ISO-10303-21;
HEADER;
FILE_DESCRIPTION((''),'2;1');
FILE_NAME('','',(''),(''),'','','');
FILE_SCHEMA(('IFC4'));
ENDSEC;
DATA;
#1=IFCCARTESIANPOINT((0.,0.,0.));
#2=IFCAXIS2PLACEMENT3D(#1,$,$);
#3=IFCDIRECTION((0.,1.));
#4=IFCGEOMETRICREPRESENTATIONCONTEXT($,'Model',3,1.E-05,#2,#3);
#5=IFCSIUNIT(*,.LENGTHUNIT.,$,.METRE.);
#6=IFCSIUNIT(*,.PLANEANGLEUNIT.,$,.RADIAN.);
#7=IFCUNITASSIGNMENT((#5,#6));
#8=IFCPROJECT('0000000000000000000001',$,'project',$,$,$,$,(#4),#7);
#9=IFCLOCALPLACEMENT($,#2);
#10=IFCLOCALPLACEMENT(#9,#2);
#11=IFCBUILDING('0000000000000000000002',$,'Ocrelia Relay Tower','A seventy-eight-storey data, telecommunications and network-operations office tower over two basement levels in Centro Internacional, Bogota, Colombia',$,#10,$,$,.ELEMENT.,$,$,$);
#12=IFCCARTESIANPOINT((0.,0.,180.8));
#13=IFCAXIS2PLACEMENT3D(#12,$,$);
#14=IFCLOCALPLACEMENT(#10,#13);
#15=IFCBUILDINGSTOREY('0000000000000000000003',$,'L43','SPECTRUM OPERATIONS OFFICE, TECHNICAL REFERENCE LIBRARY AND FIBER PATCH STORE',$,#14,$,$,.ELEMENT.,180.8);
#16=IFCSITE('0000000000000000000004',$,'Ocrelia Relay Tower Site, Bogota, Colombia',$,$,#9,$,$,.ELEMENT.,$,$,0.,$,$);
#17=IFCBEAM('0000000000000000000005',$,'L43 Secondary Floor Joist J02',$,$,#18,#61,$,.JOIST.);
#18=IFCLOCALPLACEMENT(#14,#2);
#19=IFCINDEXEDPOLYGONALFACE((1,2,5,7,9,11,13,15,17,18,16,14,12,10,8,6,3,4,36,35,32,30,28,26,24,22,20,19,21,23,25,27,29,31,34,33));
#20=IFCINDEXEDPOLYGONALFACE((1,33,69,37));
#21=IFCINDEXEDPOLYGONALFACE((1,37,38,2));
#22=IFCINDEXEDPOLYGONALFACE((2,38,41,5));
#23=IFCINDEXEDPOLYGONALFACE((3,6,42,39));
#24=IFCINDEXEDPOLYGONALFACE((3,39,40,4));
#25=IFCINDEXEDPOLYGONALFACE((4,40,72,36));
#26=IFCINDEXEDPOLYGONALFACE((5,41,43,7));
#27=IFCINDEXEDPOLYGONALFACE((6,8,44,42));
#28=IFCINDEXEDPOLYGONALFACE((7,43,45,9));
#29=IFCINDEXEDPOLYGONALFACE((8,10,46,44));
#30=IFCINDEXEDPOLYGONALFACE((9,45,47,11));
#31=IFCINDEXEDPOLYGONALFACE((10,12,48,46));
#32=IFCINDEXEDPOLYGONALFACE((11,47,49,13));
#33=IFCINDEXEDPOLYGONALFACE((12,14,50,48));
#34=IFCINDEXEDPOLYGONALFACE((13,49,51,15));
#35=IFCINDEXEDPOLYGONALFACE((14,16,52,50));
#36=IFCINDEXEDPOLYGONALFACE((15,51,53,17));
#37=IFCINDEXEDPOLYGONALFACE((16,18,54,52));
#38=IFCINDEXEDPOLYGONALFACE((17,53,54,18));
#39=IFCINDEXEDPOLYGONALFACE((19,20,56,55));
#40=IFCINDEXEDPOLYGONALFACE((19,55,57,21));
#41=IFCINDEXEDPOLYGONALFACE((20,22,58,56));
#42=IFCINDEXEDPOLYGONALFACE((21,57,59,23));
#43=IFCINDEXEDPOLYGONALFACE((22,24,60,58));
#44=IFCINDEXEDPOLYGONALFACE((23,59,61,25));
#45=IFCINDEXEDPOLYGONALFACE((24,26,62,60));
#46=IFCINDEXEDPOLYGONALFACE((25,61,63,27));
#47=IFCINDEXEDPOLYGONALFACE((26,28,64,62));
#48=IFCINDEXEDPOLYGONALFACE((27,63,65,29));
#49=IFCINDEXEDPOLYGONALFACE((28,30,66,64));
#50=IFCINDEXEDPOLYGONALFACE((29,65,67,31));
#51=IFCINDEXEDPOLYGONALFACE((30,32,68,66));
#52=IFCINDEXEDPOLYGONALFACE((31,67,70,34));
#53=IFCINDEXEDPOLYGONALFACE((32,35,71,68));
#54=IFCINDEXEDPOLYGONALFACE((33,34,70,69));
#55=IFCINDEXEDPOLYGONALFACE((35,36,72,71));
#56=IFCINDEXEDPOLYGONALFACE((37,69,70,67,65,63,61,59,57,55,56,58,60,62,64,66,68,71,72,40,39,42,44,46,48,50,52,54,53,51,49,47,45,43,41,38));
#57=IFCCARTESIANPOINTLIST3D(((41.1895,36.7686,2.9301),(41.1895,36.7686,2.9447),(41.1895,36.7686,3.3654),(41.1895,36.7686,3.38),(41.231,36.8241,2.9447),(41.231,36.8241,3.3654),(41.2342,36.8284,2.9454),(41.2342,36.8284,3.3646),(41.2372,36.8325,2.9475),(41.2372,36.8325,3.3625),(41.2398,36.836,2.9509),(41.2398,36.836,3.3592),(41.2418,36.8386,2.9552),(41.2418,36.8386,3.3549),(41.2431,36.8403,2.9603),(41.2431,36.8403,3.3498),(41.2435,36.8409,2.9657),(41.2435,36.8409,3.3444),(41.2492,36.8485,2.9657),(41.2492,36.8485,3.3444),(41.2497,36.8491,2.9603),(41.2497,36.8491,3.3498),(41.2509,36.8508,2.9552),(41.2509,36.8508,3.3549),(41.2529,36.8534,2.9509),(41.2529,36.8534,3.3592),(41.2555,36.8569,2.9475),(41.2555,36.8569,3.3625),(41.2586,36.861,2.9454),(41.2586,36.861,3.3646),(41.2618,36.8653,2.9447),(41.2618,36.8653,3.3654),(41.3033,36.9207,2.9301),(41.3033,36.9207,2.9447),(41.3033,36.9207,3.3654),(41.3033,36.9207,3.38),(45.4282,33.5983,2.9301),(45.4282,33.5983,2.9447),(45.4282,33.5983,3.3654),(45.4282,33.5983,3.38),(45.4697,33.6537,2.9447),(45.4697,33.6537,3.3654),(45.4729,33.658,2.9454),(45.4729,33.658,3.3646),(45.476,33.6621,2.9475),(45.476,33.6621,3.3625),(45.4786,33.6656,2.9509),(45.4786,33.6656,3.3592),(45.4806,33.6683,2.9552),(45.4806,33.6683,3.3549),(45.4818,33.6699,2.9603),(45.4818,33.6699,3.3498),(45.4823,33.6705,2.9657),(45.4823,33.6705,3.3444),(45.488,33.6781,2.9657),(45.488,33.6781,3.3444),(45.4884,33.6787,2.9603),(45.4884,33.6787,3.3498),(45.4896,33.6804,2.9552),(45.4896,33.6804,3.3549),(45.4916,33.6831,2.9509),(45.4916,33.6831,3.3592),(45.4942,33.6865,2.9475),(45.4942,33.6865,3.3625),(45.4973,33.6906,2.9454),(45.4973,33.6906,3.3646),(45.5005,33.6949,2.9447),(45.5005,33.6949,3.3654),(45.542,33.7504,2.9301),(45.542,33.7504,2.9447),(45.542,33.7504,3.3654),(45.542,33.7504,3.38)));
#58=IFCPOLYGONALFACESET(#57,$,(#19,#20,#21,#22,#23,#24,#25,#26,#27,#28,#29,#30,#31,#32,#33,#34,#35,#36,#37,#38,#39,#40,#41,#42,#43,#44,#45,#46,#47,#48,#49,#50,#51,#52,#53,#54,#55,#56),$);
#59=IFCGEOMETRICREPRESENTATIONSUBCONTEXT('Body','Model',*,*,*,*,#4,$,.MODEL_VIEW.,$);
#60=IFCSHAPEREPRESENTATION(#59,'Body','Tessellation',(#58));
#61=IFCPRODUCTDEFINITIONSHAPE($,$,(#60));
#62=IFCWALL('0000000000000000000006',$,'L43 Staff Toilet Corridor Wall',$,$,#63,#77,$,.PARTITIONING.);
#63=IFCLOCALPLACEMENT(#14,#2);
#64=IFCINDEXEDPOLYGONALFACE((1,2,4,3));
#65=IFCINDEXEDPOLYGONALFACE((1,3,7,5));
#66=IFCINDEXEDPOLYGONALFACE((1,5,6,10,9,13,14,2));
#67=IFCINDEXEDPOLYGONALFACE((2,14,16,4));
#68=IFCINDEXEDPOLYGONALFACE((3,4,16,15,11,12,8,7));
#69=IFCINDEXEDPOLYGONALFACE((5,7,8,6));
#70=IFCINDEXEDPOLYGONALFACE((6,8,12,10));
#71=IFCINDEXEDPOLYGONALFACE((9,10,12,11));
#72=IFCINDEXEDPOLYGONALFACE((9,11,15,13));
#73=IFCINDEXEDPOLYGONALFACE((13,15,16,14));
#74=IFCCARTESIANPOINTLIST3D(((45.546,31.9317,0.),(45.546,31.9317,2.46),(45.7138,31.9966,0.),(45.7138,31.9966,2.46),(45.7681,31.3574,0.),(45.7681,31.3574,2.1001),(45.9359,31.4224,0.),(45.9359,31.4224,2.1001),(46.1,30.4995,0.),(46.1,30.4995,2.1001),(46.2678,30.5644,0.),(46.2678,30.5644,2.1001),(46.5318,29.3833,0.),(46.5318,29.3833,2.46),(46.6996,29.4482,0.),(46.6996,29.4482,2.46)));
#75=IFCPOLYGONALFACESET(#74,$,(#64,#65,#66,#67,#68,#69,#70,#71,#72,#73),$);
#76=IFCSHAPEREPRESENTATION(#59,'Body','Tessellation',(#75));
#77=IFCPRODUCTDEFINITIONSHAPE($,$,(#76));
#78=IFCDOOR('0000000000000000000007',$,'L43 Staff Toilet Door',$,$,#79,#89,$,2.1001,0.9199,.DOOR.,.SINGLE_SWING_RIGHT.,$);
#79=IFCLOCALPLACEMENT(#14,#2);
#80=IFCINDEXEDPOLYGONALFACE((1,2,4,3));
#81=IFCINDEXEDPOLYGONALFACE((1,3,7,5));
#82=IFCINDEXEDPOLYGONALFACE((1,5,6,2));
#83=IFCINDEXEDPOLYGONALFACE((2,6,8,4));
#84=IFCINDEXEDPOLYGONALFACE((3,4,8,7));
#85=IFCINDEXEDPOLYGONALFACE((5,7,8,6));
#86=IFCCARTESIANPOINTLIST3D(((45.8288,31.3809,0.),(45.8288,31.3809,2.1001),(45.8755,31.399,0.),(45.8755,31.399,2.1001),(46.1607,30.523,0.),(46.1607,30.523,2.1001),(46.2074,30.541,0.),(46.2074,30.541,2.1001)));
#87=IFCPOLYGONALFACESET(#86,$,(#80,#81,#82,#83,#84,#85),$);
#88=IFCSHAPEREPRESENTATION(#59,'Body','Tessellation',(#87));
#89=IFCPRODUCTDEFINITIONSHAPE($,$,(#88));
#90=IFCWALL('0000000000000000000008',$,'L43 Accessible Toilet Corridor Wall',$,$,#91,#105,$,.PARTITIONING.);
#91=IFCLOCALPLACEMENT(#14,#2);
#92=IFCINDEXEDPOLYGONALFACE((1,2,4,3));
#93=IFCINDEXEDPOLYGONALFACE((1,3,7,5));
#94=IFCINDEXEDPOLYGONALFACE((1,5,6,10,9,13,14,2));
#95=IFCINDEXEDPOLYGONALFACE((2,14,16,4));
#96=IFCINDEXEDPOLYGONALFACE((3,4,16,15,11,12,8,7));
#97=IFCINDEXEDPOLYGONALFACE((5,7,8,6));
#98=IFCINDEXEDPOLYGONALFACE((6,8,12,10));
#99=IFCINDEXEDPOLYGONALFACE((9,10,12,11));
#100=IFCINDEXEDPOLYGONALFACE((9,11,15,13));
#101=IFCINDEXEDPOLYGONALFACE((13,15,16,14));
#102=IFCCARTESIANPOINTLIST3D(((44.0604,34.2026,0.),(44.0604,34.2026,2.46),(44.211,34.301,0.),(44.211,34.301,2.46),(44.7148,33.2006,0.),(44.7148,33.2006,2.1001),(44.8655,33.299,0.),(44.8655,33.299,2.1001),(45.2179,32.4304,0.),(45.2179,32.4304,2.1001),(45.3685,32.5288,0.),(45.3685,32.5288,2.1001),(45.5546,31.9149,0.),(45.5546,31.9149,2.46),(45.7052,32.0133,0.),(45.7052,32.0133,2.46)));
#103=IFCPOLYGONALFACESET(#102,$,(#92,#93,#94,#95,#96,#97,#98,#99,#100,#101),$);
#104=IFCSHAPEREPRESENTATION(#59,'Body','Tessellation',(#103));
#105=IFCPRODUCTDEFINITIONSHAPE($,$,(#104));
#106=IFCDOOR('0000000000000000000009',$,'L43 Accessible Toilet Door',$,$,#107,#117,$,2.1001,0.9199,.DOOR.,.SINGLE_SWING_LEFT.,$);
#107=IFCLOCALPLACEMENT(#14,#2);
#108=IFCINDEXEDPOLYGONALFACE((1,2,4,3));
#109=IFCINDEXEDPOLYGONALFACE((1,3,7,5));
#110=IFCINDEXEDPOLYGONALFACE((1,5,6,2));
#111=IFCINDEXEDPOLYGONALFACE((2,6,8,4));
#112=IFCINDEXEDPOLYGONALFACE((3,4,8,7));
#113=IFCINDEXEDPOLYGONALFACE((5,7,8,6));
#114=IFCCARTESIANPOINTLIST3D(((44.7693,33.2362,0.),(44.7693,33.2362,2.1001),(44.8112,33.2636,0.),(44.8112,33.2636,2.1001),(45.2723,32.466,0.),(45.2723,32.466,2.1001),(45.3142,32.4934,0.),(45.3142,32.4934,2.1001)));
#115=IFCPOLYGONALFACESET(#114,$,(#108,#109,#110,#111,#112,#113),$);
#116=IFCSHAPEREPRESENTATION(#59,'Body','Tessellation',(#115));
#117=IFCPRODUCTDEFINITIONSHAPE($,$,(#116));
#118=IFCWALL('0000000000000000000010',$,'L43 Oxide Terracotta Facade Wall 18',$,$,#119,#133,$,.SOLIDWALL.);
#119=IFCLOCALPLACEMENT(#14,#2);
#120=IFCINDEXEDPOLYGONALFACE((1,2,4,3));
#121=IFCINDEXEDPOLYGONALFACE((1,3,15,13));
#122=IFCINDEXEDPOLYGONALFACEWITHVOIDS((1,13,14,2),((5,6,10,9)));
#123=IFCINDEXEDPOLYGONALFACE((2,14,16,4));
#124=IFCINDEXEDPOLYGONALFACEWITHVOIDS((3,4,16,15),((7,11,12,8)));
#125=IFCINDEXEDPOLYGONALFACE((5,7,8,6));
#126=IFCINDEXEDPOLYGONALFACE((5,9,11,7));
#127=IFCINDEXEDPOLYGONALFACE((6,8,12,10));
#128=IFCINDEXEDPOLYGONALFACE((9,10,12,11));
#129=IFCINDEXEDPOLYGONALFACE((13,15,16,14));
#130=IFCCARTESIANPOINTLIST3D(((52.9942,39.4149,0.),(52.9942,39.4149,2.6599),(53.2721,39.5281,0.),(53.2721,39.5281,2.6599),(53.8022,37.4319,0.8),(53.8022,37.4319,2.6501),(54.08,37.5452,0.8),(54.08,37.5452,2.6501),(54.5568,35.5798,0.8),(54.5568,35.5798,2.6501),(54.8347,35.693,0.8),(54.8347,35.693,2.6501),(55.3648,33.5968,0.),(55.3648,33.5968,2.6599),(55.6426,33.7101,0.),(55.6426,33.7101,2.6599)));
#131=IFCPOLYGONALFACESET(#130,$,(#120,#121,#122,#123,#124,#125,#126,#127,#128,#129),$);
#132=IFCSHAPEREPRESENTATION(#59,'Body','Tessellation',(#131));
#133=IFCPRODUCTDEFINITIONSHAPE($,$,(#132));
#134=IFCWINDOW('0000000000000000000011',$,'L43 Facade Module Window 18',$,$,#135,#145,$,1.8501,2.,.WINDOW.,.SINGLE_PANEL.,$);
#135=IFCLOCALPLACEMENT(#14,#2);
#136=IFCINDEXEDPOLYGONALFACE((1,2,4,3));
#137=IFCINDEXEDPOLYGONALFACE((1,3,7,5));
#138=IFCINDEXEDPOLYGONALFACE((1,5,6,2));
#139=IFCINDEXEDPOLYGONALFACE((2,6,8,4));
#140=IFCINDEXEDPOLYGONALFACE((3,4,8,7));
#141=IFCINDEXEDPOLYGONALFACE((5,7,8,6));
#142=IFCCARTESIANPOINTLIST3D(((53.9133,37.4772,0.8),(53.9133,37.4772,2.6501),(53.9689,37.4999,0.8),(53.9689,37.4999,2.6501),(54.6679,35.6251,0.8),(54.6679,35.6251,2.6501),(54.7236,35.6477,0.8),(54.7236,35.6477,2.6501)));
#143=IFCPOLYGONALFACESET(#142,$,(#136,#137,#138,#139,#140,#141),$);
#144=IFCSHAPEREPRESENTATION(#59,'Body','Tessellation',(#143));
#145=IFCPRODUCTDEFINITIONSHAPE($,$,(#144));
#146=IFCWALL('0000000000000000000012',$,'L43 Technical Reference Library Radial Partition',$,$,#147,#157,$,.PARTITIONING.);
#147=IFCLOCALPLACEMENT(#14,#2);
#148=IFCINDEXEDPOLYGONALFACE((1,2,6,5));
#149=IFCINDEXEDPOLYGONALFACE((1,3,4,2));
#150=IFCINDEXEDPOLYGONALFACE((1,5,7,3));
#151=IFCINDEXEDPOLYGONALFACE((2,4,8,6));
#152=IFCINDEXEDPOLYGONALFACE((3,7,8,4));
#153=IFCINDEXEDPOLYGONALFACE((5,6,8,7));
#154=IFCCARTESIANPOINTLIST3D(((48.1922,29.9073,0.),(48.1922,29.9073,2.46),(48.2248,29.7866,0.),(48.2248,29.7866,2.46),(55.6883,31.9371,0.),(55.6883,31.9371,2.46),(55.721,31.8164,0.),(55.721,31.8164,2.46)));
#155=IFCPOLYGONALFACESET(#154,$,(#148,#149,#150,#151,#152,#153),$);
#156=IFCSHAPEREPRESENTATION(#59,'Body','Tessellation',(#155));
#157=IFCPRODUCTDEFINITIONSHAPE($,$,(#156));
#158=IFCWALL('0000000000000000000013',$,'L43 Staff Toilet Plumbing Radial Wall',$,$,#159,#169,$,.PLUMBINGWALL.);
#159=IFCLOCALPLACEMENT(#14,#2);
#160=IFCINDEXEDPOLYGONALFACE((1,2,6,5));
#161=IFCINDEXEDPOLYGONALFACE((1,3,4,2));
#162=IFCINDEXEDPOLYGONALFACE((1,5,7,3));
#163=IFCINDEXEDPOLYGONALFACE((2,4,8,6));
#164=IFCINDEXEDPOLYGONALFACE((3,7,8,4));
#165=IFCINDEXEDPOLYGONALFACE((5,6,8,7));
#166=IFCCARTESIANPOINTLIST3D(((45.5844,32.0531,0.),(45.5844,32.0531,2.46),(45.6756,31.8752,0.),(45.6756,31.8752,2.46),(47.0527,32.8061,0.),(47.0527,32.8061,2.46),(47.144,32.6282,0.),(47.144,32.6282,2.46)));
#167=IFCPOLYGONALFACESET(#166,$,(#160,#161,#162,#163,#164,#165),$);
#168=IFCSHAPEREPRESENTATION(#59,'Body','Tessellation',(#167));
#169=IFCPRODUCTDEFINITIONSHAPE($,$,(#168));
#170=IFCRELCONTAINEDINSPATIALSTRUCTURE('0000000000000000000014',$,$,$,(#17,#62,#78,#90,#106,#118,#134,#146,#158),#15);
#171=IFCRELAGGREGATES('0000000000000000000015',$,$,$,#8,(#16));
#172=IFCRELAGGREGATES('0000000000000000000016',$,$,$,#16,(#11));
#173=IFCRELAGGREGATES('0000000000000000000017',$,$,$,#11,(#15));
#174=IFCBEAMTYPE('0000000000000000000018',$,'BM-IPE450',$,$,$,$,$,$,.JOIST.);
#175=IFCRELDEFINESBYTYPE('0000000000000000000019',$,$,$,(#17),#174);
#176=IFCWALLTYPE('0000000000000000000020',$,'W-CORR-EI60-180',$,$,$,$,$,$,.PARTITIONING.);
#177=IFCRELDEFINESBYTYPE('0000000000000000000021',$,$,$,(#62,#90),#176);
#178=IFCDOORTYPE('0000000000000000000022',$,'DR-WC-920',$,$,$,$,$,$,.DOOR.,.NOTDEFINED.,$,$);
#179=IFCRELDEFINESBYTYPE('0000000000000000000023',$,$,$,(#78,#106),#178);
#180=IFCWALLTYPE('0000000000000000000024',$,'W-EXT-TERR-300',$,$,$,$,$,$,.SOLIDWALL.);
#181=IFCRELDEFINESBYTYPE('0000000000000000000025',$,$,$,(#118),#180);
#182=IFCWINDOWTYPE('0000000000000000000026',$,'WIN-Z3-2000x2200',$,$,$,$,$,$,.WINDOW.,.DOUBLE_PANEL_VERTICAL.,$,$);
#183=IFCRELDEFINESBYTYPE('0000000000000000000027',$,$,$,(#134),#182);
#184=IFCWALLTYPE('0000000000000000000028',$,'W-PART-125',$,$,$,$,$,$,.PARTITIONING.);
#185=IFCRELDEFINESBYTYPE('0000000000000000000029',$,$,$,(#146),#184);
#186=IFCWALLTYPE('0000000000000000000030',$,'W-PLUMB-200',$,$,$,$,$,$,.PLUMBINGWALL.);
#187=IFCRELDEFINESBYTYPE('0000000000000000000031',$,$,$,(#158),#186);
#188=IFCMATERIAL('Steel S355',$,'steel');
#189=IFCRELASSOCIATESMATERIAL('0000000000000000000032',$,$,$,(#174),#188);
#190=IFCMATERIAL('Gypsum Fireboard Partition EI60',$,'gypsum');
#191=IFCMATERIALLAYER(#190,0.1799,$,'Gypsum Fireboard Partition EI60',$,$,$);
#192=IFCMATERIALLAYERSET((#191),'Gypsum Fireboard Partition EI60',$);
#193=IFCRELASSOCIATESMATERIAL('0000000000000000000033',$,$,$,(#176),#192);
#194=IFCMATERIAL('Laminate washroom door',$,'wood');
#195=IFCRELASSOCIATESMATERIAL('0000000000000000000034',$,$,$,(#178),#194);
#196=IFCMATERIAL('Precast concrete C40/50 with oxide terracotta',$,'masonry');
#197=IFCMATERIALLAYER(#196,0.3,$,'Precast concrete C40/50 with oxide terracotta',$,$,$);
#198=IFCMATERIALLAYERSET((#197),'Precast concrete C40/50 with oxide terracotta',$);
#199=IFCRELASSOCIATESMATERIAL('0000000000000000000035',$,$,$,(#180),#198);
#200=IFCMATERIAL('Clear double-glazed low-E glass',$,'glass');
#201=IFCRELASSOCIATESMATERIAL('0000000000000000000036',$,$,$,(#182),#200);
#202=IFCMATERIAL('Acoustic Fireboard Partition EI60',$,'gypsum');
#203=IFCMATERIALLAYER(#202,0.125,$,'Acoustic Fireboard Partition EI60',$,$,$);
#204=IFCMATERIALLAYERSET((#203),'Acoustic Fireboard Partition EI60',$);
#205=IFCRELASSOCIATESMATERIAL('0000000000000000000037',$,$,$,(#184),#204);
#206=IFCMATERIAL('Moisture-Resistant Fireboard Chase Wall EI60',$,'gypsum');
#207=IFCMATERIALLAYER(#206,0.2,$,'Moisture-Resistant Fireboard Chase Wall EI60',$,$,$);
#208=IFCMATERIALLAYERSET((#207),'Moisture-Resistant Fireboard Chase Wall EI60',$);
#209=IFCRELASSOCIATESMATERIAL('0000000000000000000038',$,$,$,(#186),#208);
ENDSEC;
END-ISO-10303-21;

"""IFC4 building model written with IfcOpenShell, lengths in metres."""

from ifc_helpers import new_model, si_unit, direction, frame, frame_2d, origin, origin_2d, place, context, subcontext, project, spatial, rectangle, i_section, extrude, material, layer, layer_set, material_profile, profile_set, type_object, element, fill, save


model = new_model("IFC4")

# Units and contexts
model_context = context("Model", 3, precision=1e-05, world=origin(), true_north=direction((0.0, 1.0)))
body_context = subcontext(model_context, "Body", "Model", "MODEL_VIEW")
ifc_project = project(units=[si_unit("LENGTHUNIT", "METRE"), si_unit("PLANEANGLEUNIT", "RADIAN")], contexts=[model_context])

# Site, building, storey
site_placement = place(None, origin())
site = spatial("IfcSite", under=ifc_project, at=site_placement, Name="Ocrelia Relay Tower Site, Bogota, Colombia", CompositionType="ELEMENT", RefElevation=0.0)
building_placement = place(site_placement, origin())
building = spatial("IfcBuilding", under=site, at=building_placement, Name="Ocrelia Relay Tower", Description="A seventy-eight-storey data, telecommunications and network-operations office tower over two basement levels in Centro Internacional, Bogota, Colombia", CompositionType="ELEMENT")
storey_placement = place(building_placement, frame((0.0, 0.0, 180.8)))
storey = spatial("IfcBuildingStorey", under=building, at=storey_placement, Name="L43", Description="SPECTRUM OPERATIONS OFFICE, TECHNICAL REFERENCE LIBRARY AND FIBER PATCH STORE", CompositionType="ELEMENT", Elevation=180.8)

# Beam
ifc_material_1 = material(Name="Steel S355", Category="steel")
ifc_material_profile_1 = material_profile(ifc_material_1, i_section(OverallWidth=0.1899, OverallDepth=0.45, WebThickness=0.0095, FlangeThickness=0.0146, FilletRadius=0.021, at=origin_2d()), Name="IPE 450")
ifc_profile_set_1 = profile_set([ifc_material_profile_1], Name="Steel S355")
beam_type_1 = type_object("IfcBeamType", Name="BM-IPE450", PredefinedType="JOIST", material=ifc_profile_set_1)
beam_1_placement = place(storey_placement, frame((45.4851, 33.6743, 3.155), z_axis=(-0.800785, 0.598952, 0.0), x_axis=(-0.598952, -0.800785, 0.0)))
element("IfcBeam", 1, at=beam_1_placement, inside=storey, type_object=beam_type_1, Name="L43 Secondary Floor Joist J02", PredefinedType="JOIST", context=body_context, shape_type="SweptSolid", body=[
    extrude(i_section(OverallWidth=0.1899, OverallDepth=0.45, WebThickness=0.0095, FlangeThickness=0.0146, FilletRadius=0.021, at=origin_2d()), origin(), (0.0, 0.0, 1.0), 5.2932),
])

# Walls, openings, doors
ifc_material_2 = material(Name="Gypsum Fireboard Partition EI60", Category="gypsum")
ifc_layer_1 = layer(ifc_material_2, 0.1799, Name="Gypsum Fireboard Partition EI60")
ifc_layer_set_1 = layer_set([ifc_layer_1], Name="Gypsum Fireboard Partition EI60")
wall_type_1 = type_object("IfcWallType", Name="W-CORR-EI60-180", PredefinedType="PARTITIONING", material=ifc_layer_set_1)
wall_1_placement = place(storey_placement, frame((46.6157, 29.4158, 0.0), z_axis=(0.0, 0.0, 1.0), x_axis=(-0.360799, 0.932644, 0.0)))
wall_1 = element("IfcWall", 2, at=wall_1_placement, inside=storey, type_object=wall_type_1, Name="L43 Staff Toilet Corridor Wall", PredefinedType="PARTITIONING", context=body_context, shape_type="SweptSolid", body=[
    extrude(rectangle(XDim=2.7324, YDim=0.1799, at=frame_2d((1.3662, 0.0))), origin(), (0.0, 0.0, 1.0), 2.46),
])
opening_1_placement = place(wall_1_placement, frame((1.1968, 0.0, 0.0)))
opening_1 = element("IfcOpeningElement", 3, at=opening_1_placement, cuts=wall_1, PredefinedType="OPENING", context=body_context, shape_type="SweptSolid", body=[
    extrude(rectangle(XDim=0.9199, YDim=2.1001, at=frame_2d((0.46, 1.05))), frame((0.0, 0.1001, 0.0), z_axis=(0.0, -1.0, 0.0), x_axis=(1.0, 0.0, 0.0)), (0.0, 0.0, 1.0), 0.2),
])
ifc_material_3 = material(Name="Laminate washroom door", Category="wood")
door_type_1 = type_object("IfcDoorType", Name="DR-WC-920", OperationType="NOTDEFINED", PredefinedType="DOOR", material=ifc_material_3)
door_1_placement = place(opening_1_placement, origin())
door_1 = element("IfcDoor", 4, at=door_1_placement, inside=storey, type_object=door_type_1, Name="L43 Staff Toilet Door", OperationType="SINGLE_SWING_RIGHT", OverallHeight=2.1001, OverallWidth=0.9199, PredefinedType="DOOR", context=body_context, shape_type="SweptSolid", body=[
    extrude(rectangle(XDim=0.9199, YDim=2.1001, at=frame_2d((0.46, 1.05))), frame((0.0, 0.0249, 0.0), z_axis=(0.0, -1.0, 0.0), x_axis=(1.0, 0.0, 0.0)), (0.0, 0.0, 1.0), 0.05),
])
fill(opening_1, door_1)
wall_2_placement = place(storey_placement, frame((45.6299, 31.9641, 0.0), z_axis=(0.0, 0.0, 1.0), x_axis=(-0.54684, 0.837237, 0.0)))
wall_2 = element("IfcWall", 5, at=wall_2_placement, inside=storey, type_object=wall_type_1, Name="L43 Accessible Toilet Corridor Wall", PredefinedType="PARTITIONING", context=body_context, shape_type="SweptSolid", body=[
    extrude(rectangle(XDim=2.7324, YDim=0.1799, at=frame_2d((1.3662, 0.0))), origin(), (0.0, 0.0, 1.0), 2.46),
])
opening_2_placement = place(wall_2_placement, frame((0.6157, 0.0, 0.0)))
opening_2 = element("IfcOpeningElement", 6, at=opening_2_placement, cuts=wall_2, PredefinedType="OPENING", context=body_context, shape_type="SweptSolid", body=[
    extrude(rectangle(XDim=0.9199, YDim=2.1001, at=frame_2d((0.46, 1.05))), frame((0.0, 0.1001, 0.0), z_axis=(0.0, -1.0, 0.0), x_axis=(1.0, 0.0, 0.0)), (0.0, 0.0, 1.0), 0.2),
])
door_2_placement = place(opening_2_placement, origin())
door_2 = element("IfcDoor", 7, at=door_2_placement, inside=storey, type_object=door_type_1, Name="L43 Accessible Toilet Door", OperationType="SINGLE_SWING_LEFT", OverallHeight=2.1001, OverallWidth=0.9199, PredefinedType="DOOR", context=body_context, shape_type="SweptSolid", body=[
    extrude(rectangle(XDim=0.9199, YDim=2.1001, at=frame_2d((0.46, 1.05))), frame((0.0, 0.0249, 0.0), z_axis=(0.0, -1.0, 0.0), x_axis=(1.0, 0.0, 0.0)), (0.0, 0.0, 1.0), 0.05),
])
fill(opening_2, door_2)

# Wall, opening, window
ifc_material_4 = material(Name="Precast concrete C40/50 with oxide terracotta", Category="masonry")
ifc_layer_2 = layer(ifc_material_4, 0.3, Name="Precast concrete C40/50 with oxide terracotta")
ifc_layer_set_2 = layer_set([ifc_layer_2], Name="Precast concrete C40/50 with oxide terracotta")
wall_type_2 = type_object("IfcWallType", Name="W-EXT-TERR-300", PredefinedType="SOLIDWALL", material=ifc_layer_set_2)
wall_3_placement = place(storey_placement, frame((55.5037, 33.6536, 0.0), z_axis=(0.0, 0.0, 1.0), x_axis=(-0.377333, 0.926078, 0.0)))
wall_3 = element("IfcWall", 8, at=wall_3_placement, inside=storey, type_object=wall_type_2, Name="L43 Oxide Terracotta Facade Wall 18", PredefinedType="SOLIDWALL", context=body_context, shape_type="SweptSolid", body=[
    extrude(rectangle(XDim=6.2825, YDim=0.3, at=frame_2d((3.1411, 0.0))), origin(), (0.0, 0.0, 1.0), 2.6599),
])
opening_3_placement = place(wall_3_placement, frame((2.1411, 0.0, 0.8)))
opening_3 = element("IfcOpeningElement", 9, at=opening_3_placement, cuts=wall_3, PredefinedType="OPENING", context=body_context, shape_type="SweptSolid", body=[
    extrude(rectangle(XDim=2.0, YDim=1.8501, at=frame_2d((1.0, 0.925))), frame((0.0, 0.1602, 0.0), z_axis=(0.0, -1.0, 0.0), x_axis=(1.0, 0.0, 0.0)), (0.0, 0.0, 1.0), 0.3201),
])
ifc_material_5 = material(Name="Clear double-glazed low-E glass", Category="glass")
window_type = type_object("IfcWindowType", Name="WIN-Z3-2000x2200", PartitioningType="DOUBLE_PANEL_VERTICAL", PredefinedType="WINDOW", material=ifc_material_5)
window_placement = place(opening_3_placement, origin())
window = element("IfcWindow", 10, at=window_placement, inside=storey, type_object=window_type, Name="L43 Facade Module Window 18", OverallHeight=1.8501, OverallWidth=2.0, PartitioningType="SINGLE_PANEL", PredefinedType="WINDOW", context=body_context, shape_type="SweptSolid", body=[
    extrude(rectangle(XDim=2.0, YDim=1.8501, at=frame_2d((1.0, 0.925))), frame((0.0, 0.03, 0.0), z_axis=(0.0, -1.0, 0.0), x_axis=(1.0, 0.0, 0.0)), (0.0, 0.0, 1.0), 0.0601),
])
fill(opening_3, window)

# Walls
ifc_material_6 = material(Name="Acoustic Fireboard Partition EI60", Category="gypsum")
ifc_layer_3 = layer(ifc_material_6, 0.125, Name="Acoustic Fireboard Partition EI60")
ifc_layer_set_3 = layer_set([ifc_layer_3], Name="Acoustic Fireboard Partition EI60")
wall_type_3 = type_object("IfcWallType", Name="W-PART-125", PredefinedType="PARTITIONING", material=ifc_layer_set_3)
wall_4_placement = place(storey_placement, frame((48.2085, 29.8469, 0.0), z_axis=(0.0, 0.0, 1.0), x_axis=(0.96524, 0.261367, 0.0)))
element("IfcWall", 11, at=wall_4_placement, inside=storey, type_object=wall_type_3, Name="L43 Technical Reference Library Radial Partition", PredefinedType="PARTITIONING", context=body_context, shape_type="SweptSolid", body=[
    extrude(rectangle(XDim=7.7661, YDim=0.125, at=frame_2d((3.8831, 0.0))), origin(), (0.0, 0.0, 1.0), 2.46),
])
ifc_material_7 = material(Name="Moisture-Resistant Fireboard Chase Wall EI60", Category="gypsum")
ifc_layer_4 = layer(ifc_material_7, 0.2, Name="Moisture-Resistant Fireboard Chase Wall EI60")
ifc_layer_set_4 = layer_set([ifc_layer_4], Name="Moisture-Resistant Fireboard Chase Wall EI60")
wall_type_4 = type_object("IfcWallType", Name="W-PLUMB-200", PredefinedType="PLUMBINGWALL", material=ifc_layer_set_4)
wall_5_placement = place(storey_placement, frame((45.6299, 31.9641, 0.0), z_axis=(0.0, 0.0, 1.0), x_axis=(0.889824, 0.456305, 0.0)))
element("IfcWall", 12, at=wall_5_placement, inside=storey, type_object=wall_type_4, Name="L43 Staff Toilet Plumbing Radial Wall", PredefinedType="PLUMBINGWALL", context=body_context, shape_type="SweptSolid", body=[
    extrude(rectangle(XDim=1.6501, YDim=0.2, at=frame_2d((0.8252, 0.0))), origin(), (0.0, 0.0, 1.0), 2.46),
])

save(model, "model.ifc")
